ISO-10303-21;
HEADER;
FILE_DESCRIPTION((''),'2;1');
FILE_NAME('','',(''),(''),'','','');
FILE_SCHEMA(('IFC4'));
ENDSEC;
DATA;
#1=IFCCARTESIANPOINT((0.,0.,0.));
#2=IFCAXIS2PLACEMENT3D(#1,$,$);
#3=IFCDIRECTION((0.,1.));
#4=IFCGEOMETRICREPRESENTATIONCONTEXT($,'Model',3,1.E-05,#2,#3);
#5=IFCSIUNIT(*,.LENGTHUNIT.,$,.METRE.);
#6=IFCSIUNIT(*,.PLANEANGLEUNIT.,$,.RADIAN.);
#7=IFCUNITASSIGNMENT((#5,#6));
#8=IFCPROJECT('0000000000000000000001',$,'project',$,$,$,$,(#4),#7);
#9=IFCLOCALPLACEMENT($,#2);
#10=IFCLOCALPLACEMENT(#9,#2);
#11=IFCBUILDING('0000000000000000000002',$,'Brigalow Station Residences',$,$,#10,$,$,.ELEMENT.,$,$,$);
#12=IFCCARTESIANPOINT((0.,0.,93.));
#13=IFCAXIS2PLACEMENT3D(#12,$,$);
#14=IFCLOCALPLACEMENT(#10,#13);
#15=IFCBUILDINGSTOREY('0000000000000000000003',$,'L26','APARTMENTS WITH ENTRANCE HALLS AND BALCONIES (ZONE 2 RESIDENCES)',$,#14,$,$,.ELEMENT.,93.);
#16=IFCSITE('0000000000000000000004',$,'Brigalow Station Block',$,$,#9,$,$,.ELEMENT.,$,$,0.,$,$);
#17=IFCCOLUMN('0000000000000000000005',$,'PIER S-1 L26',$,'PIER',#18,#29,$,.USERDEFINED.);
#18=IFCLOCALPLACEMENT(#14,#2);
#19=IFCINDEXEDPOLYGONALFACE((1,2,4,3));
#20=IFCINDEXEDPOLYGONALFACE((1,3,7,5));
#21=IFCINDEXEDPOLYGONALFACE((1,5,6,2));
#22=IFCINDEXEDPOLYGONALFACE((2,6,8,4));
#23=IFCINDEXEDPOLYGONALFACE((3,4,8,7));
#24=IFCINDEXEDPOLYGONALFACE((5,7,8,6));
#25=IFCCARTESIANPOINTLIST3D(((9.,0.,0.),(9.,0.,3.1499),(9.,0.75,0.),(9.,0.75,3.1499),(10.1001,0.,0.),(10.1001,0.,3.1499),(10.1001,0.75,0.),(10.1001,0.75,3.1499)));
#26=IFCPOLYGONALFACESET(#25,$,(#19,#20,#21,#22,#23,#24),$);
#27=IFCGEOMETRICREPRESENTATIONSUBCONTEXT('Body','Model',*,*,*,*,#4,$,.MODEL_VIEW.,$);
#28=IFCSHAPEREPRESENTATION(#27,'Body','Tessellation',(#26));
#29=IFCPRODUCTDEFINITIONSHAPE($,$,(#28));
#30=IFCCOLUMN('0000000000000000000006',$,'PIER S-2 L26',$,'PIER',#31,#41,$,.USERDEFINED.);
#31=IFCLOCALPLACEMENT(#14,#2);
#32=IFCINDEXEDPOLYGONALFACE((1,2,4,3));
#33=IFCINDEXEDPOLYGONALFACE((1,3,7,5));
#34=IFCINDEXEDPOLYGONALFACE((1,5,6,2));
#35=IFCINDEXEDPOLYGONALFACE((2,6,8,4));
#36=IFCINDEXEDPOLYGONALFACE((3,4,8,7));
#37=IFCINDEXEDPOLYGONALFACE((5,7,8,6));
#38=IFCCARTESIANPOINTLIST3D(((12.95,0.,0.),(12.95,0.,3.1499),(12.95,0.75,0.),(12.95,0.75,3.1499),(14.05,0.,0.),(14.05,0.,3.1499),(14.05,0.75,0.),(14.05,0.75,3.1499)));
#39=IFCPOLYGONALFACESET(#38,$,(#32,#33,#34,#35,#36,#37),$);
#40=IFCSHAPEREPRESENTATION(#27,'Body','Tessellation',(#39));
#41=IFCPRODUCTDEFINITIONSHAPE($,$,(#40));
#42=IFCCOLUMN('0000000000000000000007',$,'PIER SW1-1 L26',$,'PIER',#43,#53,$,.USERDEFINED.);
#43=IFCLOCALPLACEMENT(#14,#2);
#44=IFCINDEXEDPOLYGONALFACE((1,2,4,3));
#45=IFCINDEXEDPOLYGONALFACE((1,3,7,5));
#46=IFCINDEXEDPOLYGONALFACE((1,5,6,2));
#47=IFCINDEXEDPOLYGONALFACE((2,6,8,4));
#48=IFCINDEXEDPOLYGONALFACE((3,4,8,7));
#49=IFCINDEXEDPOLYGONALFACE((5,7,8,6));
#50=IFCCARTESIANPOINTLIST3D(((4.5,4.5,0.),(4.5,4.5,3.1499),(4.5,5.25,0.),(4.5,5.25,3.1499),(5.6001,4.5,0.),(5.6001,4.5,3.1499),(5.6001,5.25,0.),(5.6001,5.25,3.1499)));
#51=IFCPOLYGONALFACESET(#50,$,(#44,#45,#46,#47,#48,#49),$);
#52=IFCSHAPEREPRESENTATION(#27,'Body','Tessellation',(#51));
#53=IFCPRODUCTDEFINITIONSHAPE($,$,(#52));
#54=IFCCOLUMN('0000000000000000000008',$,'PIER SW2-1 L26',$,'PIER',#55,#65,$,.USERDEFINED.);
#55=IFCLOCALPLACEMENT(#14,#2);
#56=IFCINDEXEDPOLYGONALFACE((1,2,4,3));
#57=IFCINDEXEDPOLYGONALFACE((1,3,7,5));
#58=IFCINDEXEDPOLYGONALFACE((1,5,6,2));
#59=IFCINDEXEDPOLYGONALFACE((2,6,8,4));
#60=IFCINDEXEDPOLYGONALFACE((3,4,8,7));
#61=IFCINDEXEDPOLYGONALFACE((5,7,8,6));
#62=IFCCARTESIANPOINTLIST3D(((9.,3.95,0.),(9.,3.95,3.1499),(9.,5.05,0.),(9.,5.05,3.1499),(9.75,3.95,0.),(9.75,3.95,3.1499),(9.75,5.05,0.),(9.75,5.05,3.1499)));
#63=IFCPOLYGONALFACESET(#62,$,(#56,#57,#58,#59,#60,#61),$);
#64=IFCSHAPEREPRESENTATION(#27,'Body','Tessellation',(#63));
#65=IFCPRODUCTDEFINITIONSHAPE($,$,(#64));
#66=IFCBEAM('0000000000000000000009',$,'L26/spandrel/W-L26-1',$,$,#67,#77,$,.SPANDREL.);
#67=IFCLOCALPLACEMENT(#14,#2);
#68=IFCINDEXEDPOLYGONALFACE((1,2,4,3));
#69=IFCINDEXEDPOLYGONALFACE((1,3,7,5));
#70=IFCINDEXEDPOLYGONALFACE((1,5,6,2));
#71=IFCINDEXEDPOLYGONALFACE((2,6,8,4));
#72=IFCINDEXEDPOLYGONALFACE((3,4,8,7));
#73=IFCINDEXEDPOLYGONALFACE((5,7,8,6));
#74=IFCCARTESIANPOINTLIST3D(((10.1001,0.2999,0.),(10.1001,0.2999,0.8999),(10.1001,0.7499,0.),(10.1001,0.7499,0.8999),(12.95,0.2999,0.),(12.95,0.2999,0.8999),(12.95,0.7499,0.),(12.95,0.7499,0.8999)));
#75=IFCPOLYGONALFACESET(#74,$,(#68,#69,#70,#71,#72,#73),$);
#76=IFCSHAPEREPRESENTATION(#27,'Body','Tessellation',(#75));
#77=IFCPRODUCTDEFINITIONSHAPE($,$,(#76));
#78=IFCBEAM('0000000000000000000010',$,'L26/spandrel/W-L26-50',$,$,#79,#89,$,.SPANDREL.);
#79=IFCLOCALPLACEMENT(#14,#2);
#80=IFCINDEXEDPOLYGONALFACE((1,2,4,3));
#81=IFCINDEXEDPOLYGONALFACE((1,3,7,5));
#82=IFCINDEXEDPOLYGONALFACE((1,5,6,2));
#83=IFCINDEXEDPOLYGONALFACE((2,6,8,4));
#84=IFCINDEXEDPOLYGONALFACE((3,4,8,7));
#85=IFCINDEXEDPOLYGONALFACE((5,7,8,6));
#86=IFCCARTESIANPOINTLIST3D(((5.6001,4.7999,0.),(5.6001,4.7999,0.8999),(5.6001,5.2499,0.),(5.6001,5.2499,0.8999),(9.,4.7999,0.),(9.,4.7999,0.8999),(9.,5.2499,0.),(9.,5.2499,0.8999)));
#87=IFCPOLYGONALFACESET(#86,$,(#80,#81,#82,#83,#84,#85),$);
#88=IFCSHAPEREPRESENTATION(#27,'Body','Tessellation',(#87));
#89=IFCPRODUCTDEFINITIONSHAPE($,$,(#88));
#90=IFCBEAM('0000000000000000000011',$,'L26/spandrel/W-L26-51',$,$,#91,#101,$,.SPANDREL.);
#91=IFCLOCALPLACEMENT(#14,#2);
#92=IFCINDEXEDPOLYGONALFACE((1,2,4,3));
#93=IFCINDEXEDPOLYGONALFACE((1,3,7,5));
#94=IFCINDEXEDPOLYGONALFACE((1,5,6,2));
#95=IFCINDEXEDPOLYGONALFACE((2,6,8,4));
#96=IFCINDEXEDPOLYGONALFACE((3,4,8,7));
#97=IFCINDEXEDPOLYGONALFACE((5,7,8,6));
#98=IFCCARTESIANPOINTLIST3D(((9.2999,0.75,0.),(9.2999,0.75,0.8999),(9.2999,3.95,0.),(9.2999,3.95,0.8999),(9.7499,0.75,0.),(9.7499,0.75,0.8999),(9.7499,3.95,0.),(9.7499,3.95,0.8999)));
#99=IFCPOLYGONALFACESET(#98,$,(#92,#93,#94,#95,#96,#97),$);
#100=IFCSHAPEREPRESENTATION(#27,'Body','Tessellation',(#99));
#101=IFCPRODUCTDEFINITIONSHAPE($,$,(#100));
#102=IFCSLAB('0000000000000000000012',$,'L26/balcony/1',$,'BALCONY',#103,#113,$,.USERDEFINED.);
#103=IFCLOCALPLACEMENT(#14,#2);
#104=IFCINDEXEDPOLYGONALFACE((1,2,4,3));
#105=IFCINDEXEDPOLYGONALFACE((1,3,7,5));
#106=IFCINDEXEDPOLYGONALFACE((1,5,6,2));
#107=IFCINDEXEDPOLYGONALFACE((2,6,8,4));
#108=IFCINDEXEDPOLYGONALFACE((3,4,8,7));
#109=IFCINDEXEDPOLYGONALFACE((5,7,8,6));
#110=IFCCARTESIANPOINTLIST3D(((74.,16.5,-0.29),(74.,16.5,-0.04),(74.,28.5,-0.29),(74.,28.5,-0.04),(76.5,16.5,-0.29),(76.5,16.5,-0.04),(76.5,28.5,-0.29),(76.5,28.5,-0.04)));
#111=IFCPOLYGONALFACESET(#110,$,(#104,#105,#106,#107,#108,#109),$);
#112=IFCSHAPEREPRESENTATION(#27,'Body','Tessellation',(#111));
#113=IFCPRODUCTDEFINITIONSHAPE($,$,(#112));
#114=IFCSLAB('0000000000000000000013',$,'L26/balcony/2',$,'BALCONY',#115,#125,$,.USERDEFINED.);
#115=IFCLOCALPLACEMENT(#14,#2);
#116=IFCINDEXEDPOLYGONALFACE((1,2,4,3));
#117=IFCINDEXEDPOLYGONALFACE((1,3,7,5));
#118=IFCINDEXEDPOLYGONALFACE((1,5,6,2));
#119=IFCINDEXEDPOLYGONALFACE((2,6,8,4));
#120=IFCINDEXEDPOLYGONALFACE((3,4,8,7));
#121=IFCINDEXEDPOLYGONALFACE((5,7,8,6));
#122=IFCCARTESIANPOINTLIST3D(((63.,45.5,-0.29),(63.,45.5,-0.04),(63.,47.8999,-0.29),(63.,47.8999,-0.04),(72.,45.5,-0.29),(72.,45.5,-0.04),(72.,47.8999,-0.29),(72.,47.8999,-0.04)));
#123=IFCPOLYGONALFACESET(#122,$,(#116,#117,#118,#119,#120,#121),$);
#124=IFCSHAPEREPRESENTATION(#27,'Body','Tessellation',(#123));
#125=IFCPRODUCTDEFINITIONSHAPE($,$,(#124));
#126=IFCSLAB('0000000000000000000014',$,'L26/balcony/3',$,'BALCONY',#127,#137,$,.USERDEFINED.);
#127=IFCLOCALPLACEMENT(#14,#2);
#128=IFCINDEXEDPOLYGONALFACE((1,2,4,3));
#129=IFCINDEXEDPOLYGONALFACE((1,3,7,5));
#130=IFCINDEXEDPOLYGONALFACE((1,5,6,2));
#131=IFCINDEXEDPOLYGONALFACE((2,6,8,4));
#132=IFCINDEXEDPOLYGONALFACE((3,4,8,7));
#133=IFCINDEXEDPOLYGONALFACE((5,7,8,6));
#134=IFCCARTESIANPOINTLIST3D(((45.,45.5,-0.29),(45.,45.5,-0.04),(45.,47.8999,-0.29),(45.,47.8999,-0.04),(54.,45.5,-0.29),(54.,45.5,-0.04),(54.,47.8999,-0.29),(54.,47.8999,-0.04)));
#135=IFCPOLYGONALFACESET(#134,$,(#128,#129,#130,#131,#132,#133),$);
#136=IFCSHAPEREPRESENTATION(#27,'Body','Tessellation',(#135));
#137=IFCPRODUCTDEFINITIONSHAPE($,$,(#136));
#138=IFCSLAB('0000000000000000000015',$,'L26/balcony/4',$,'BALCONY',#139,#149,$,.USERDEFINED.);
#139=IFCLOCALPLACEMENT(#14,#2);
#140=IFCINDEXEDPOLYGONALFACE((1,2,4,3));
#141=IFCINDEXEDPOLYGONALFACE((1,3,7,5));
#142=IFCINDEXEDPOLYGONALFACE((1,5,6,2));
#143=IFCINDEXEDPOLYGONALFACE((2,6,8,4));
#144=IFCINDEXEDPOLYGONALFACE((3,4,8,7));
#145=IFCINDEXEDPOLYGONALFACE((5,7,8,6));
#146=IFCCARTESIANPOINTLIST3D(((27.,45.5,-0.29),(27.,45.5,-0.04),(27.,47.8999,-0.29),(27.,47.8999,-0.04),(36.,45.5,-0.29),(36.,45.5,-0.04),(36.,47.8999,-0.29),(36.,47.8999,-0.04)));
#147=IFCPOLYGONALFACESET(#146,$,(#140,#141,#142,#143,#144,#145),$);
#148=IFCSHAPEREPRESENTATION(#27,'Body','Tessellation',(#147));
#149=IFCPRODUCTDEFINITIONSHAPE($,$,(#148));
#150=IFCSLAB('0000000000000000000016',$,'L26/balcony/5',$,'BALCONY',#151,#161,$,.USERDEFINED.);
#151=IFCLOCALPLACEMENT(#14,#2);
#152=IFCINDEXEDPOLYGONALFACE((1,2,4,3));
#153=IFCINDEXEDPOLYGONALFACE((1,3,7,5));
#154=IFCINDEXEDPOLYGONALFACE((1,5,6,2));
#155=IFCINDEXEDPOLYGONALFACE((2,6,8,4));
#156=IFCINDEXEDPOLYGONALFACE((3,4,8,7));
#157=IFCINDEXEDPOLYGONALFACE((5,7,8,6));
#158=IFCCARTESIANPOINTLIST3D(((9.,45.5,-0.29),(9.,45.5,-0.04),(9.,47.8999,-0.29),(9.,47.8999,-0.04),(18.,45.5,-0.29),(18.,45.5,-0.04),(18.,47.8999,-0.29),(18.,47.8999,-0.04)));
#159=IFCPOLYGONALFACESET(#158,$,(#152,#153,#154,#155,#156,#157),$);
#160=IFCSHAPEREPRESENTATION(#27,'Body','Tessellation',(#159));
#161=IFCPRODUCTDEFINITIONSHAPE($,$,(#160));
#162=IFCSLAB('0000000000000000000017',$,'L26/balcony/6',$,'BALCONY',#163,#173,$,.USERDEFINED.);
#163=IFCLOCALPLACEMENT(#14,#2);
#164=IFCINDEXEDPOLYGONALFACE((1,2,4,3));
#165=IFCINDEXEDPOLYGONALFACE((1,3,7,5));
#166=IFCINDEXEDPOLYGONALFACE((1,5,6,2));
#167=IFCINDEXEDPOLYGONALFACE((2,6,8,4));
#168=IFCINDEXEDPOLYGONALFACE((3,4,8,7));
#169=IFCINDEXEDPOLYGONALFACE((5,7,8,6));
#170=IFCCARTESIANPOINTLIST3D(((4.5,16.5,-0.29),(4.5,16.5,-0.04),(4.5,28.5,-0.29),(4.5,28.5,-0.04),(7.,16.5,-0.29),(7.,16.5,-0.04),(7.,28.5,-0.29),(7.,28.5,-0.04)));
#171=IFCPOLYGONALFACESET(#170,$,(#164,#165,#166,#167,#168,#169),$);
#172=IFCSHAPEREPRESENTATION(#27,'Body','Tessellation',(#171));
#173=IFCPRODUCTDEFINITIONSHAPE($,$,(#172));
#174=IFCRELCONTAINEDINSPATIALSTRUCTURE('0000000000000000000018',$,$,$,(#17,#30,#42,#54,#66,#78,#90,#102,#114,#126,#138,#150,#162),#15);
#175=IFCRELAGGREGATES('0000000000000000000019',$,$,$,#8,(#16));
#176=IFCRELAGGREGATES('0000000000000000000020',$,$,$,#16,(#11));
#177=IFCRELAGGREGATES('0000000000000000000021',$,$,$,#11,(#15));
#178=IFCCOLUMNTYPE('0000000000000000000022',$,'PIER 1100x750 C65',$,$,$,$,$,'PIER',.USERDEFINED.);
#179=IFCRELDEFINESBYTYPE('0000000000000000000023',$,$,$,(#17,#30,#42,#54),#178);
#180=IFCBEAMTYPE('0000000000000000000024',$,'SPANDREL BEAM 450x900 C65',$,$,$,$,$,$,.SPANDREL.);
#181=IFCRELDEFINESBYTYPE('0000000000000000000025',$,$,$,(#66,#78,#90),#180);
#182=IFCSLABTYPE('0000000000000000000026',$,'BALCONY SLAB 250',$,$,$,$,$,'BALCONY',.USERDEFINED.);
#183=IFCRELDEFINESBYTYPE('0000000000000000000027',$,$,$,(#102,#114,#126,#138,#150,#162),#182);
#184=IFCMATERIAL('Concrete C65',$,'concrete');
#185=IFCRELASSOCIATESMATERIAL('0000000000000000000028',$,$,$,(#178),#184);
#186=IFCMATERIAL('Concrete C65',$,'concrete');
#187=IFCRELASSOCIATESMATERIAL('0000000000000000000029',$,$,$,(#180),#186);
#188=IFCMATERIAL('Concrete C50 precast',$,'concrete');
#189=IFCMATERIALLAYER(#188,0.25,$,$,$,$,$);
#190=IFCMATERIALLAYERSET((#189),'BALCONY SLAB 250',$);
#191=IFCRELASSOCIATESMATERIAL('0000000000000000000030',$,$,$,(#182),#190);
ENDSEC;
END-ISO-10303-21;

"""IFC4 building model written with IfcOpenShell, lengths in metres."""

from ifc_helpers import new_model, si_unit, direction, frame, origin, origin_2d, place, context, subcontext, project, spatial, polyline, rectangle, outline, extrude, material, layer, layer_set, material_profile, profile_set, type_object, element, save


model = new_model("IFC4")

# Units and contexts
model_context = context("Model", 3, precision=1e-05, world=origin(), true_north=direction((0.0, 1.0)))
body_context = subcontext(model_context, "Body", "Model", "MODEL_VIEW")
ifc_project = project(units=[si_unit("LENGTHUNIT", "METRE"), si_unit("PLANEANGLEUNIT", "RADIAN")], contexts=[model_context])

# Site, building, storey
site_placement = place(None, origin())
site = spatial("IfcSite", under=ifc_project, at=site_placement, Name="Brigalow Station Block", CompositionType="ELEMENT", RefElevation=0.0)
building_placement = place(site_placement, origin())
building = spatial("IfcBuilding", under=site, at=building_placement, Name="Brigalow Station Residences", CompositionType="ELEMENT")
storey_placement = place(building_placement, frame((0.0, 0.0, 93.0)))
storey = spatial("IfcBuildingStorey", under=building, at=storey_placement, Name="L26", Description="APARTMENTS WITH ENTRANCE HALLS AND BALCONIES (ZONE 2 RESIDENCES)", CompositionType="ELEMENT", Elevation=93.0)

# Columns
ifc_material_1 = material(Name="Concrete C65", Category="concrete")
ifc_material_profile_1 = material_profile(ifc_material_1, rectangle(XDim=1.1001, YDim=0.75, at=origin_2d()), Name="RC1100x750")
ifc_profile_set_1 = profile_set([ifc_material_profile_1], Name="Concrete C65")
column_type = type_object("IfcColumnType", Name="PIER 1100x750 C65", ElementType="PIER", PredefinedType="USERDEFINED", material=ifc_profile_set_1)
for number, where, z_axis, x_axis, name in (
    (1, (9.55, 0.375, 0.0), (0.0, 0.0, 1.0), (1.0, 0.0, 0.0), "PIER S-1 L26"),
    (2, (13.5, 0.375, 0.0), (0.0, 0.0, 1.0), (1.0, 0.0, 0.0), "PIER S-2 L26"),
    (3, (5.05, 4.875, 0.0), (0.0, 0.0, 1.0), (1.0, 0.0, 0.0), "PIER SW1-1 L26"),
    (4, (9.375, 4.5, 0.0), (0.0, 0.0, 1.0), (0.0, -1.0, 0.0), "PIER SW2-1 L26"),
):
    element("IfcColumn", number, at=place(storey_placement, frame(where, z_axis=z_axis, x_axis=x_axis)), inside=storey, type_object=column_type, Name=name, ObjectType="PIER", PredefinedType="USERDEFINED", context=body_context, shape_type="SweptSolid", body=[
        extrude(rectangle(XDim=1.1001, YDim=0.75, at=origin_2d()), origin(), (0.0, 0.0, 1.0), 3.1499),
    ])

# Beams
ifc_material_2 = material(Name="Concrete C65", Category="concrete")
ifc_material_profile_2 = material_profile(ifc_material_2, rectangle(XDim=0.45, YDim=0.8999, at=origin_2d()), Name="RC450x900")
ifc_profile_set_2 = profile_set([ifc_material_profile_2], Name="Concrete C65")
beam_type = type_object("IfcBeamType", Name="SPANDREL BEAM 450x900 C65", PredefinedType="SPANDREL", material=ifc_profile_set_2)
beam_1_placement = place(storey_placement, frame((10.1001, 0.5249, 0.45), z_axis=(1.0, 0.0, 0.0), x_axis=(0.0, 1.0, 0.0)))
element("IfcBeam", 5, at=beam_1_placement, inside=storey, type_object=beam_type, Name="L26/spandrel/W-L26-1", PredefinedType="SPANDREL", context=body_context, shape_type="SweptSolid", body=[
    extrude(rectangle(XDim=0.45, YDim=0.8999, at=origin_2d()), origin(), (0.0, 0.0, 1.0), 2.8499),
])
beam_2_placement = place(storey_placement, frame((5.6001, 5.0249, 0.45), z_axis=(1.0, 0.0, 0.0), x_axis=(0.0, 1.0, 0.0)))
element("IfcBeam", 6, at=beam_2_placement, inside=storey, type_object=beam_type, Name="L26/spandrel/W-L26-50", PredefinedType="SPANDREL", context=body_context, shape_type="SweptSolid", body=[
    extrude(rectangle(XDim=0.45, YDim=0.8999, at=origin_2d()), origin(), (0.0, 0.0, 1.0), 3.3999),
])
beam_3_placement = place(storey_placement, frame((9.5249, 3.95, 0.45), z_axis=(0.0, -1.0, 0.0), x_axis=(1.0, 0.0, 0.0)))
element("IfcBeam", 7, at=beam_3_placement, inside=storey, type_object=beam_type, Name="L26/spandrel/W-L26-51", PredefinedType="SPANDREL", context=body_context, shape_type="SweptSolid", body=[
    extrude(rectangle(XDim=0.45, YDim=0.8999, at=origin_2d()), origin(), (0.0, 0.0, 1.0), 3.2),
])

# Slabs
ifc_material_3 = material(Name="Concrete C50 precast", Category="concrete")
ifc_layer_1 = layer(ifc_material_3, 0.25)
ifc_layer_set_1 = layer_set([ifc_layer_1], Name="BALCONY SLAB 250")
slab_type_1 = type_object("IfcSlabType", Name="BALCONY SLAB 250", ElementType="BALCONY", PredefinedType="USERDEFINED", material=ifc_layer_set_1)
slab_1_placement = place(storey_placement, frame((0.0, 0.0, -0.29)))
element("IfcSlab", 8, at=slab_1_placement, inside=storey, type_object=slab_type_1, Name="L26/balcony/1", ObjectType="BALCONY", PredefinedType="USERDEFINED", context=body_context, shape_type="SweptSolid", body=[
    extrude(outline(polyline([(74.0, 16.5), (76.5, 16.5), (76.5, 28.5), (74.0, 28.5), (74.0, 16.5)])), origin(), (0.0, 0.0, 1.0), 0.25),
])
slab_2_placement = place(storey_placement, frame((0.0, 0.0, -0.29)))
element("IfcSlab", 9, at=slab_2_placement, inside=storey, type_object=slab_type_1, Name="L26/balcony/2", ObjectType="BALCONY", PredefinedType="USERDEFINED", context=body_context, shape_type="SweptSolid", body=[
    extrude(outline(polyline([(72.0, 45.5), (72.0, 47.8999), (63.0, 47.8999), (63.0, 45.5), (72.0, 45.5)])), origin(), (0.0, 0.0, 1.0), 0.25),
])
slab_3_placement = place(storey_placement, frame((0.0, 0.0, -0.29)))
element("IfcSlab", 10, at=slab_3_placement, inside=storey, type_object=slab_type_1, Name="L26/balcony/3", ObjectType="BALCONY", PredefinedType="USERDEFINED", context=body_context, shape_type="SweptSolid", body=[
    extrude(outline(polyline([(54.0, 45.5), (54.0, 47.8999), (45.0, 47.8999), (45.0, 45.5), (54.0, 45.5)])), origin(), (0.0, 0.0, 1.0), 0.25),
])
slab_4_placement = place(storey_placement, frame((0.0, 0.0, -0.29)))
element("IfcSlab", 11, at=slab_4_placement, inside=storey, type_object=slab_type_1, Name="L26/balcony/4", ObjectType="BALCONY", PredefinedType="USERDEFINED", context=body_context, shape_type="SweptSolid", body=[
    extrude(outline(polyline([(36.0, 45.5), (36.0, 47.8999), (27.0, 47.8999), (27.0, 45.5), (36.0, 45.5)])), origin(), (0.0, 0.0, 1.0), 0.25),
])
slab_5_placement = place(storey_placement, frame((0.0, 0.0, -0.29)))
element("IfcSlab", 12, at=slab_5_placement, inside=storey, type_object=slab_type_1, Name="L26/balcony/5", ObjectType="BALCONY", PredefinedType="USERDEFINED", context=body_context, shape_type="SweptSolid", body=[
    extrude(outline(polyline([(18.0, 45.5), (18.0, 47.8999), (9.0, 47.8999), (9.0, 45.5), (18.0, 45.5)])), origin(), (0.0, 0.0, 1.0), 0.25),
])
slab_6_placement = place(storey_placement, frame((0.0, 0.0, -0.29)))
element("IfcSlab", 13, at=slab_6_placement, inside=storey, type_object=slab_type_1, Name="L26/balcony/6", ObjectType="BALCONY", PredefinedType="USERDEFINED", context=body_context, shape_type="SweptSolid", body=[
    extrude(outline(polyline([(7.0, 28.5), (4.5, 28.5), (4.5, 16.5), (7.0, 16.5), (7.0, 28.5)])), origin(), (0.0, 0.0, 1.0), 0.25),
])

save(model, "model.ifc")
